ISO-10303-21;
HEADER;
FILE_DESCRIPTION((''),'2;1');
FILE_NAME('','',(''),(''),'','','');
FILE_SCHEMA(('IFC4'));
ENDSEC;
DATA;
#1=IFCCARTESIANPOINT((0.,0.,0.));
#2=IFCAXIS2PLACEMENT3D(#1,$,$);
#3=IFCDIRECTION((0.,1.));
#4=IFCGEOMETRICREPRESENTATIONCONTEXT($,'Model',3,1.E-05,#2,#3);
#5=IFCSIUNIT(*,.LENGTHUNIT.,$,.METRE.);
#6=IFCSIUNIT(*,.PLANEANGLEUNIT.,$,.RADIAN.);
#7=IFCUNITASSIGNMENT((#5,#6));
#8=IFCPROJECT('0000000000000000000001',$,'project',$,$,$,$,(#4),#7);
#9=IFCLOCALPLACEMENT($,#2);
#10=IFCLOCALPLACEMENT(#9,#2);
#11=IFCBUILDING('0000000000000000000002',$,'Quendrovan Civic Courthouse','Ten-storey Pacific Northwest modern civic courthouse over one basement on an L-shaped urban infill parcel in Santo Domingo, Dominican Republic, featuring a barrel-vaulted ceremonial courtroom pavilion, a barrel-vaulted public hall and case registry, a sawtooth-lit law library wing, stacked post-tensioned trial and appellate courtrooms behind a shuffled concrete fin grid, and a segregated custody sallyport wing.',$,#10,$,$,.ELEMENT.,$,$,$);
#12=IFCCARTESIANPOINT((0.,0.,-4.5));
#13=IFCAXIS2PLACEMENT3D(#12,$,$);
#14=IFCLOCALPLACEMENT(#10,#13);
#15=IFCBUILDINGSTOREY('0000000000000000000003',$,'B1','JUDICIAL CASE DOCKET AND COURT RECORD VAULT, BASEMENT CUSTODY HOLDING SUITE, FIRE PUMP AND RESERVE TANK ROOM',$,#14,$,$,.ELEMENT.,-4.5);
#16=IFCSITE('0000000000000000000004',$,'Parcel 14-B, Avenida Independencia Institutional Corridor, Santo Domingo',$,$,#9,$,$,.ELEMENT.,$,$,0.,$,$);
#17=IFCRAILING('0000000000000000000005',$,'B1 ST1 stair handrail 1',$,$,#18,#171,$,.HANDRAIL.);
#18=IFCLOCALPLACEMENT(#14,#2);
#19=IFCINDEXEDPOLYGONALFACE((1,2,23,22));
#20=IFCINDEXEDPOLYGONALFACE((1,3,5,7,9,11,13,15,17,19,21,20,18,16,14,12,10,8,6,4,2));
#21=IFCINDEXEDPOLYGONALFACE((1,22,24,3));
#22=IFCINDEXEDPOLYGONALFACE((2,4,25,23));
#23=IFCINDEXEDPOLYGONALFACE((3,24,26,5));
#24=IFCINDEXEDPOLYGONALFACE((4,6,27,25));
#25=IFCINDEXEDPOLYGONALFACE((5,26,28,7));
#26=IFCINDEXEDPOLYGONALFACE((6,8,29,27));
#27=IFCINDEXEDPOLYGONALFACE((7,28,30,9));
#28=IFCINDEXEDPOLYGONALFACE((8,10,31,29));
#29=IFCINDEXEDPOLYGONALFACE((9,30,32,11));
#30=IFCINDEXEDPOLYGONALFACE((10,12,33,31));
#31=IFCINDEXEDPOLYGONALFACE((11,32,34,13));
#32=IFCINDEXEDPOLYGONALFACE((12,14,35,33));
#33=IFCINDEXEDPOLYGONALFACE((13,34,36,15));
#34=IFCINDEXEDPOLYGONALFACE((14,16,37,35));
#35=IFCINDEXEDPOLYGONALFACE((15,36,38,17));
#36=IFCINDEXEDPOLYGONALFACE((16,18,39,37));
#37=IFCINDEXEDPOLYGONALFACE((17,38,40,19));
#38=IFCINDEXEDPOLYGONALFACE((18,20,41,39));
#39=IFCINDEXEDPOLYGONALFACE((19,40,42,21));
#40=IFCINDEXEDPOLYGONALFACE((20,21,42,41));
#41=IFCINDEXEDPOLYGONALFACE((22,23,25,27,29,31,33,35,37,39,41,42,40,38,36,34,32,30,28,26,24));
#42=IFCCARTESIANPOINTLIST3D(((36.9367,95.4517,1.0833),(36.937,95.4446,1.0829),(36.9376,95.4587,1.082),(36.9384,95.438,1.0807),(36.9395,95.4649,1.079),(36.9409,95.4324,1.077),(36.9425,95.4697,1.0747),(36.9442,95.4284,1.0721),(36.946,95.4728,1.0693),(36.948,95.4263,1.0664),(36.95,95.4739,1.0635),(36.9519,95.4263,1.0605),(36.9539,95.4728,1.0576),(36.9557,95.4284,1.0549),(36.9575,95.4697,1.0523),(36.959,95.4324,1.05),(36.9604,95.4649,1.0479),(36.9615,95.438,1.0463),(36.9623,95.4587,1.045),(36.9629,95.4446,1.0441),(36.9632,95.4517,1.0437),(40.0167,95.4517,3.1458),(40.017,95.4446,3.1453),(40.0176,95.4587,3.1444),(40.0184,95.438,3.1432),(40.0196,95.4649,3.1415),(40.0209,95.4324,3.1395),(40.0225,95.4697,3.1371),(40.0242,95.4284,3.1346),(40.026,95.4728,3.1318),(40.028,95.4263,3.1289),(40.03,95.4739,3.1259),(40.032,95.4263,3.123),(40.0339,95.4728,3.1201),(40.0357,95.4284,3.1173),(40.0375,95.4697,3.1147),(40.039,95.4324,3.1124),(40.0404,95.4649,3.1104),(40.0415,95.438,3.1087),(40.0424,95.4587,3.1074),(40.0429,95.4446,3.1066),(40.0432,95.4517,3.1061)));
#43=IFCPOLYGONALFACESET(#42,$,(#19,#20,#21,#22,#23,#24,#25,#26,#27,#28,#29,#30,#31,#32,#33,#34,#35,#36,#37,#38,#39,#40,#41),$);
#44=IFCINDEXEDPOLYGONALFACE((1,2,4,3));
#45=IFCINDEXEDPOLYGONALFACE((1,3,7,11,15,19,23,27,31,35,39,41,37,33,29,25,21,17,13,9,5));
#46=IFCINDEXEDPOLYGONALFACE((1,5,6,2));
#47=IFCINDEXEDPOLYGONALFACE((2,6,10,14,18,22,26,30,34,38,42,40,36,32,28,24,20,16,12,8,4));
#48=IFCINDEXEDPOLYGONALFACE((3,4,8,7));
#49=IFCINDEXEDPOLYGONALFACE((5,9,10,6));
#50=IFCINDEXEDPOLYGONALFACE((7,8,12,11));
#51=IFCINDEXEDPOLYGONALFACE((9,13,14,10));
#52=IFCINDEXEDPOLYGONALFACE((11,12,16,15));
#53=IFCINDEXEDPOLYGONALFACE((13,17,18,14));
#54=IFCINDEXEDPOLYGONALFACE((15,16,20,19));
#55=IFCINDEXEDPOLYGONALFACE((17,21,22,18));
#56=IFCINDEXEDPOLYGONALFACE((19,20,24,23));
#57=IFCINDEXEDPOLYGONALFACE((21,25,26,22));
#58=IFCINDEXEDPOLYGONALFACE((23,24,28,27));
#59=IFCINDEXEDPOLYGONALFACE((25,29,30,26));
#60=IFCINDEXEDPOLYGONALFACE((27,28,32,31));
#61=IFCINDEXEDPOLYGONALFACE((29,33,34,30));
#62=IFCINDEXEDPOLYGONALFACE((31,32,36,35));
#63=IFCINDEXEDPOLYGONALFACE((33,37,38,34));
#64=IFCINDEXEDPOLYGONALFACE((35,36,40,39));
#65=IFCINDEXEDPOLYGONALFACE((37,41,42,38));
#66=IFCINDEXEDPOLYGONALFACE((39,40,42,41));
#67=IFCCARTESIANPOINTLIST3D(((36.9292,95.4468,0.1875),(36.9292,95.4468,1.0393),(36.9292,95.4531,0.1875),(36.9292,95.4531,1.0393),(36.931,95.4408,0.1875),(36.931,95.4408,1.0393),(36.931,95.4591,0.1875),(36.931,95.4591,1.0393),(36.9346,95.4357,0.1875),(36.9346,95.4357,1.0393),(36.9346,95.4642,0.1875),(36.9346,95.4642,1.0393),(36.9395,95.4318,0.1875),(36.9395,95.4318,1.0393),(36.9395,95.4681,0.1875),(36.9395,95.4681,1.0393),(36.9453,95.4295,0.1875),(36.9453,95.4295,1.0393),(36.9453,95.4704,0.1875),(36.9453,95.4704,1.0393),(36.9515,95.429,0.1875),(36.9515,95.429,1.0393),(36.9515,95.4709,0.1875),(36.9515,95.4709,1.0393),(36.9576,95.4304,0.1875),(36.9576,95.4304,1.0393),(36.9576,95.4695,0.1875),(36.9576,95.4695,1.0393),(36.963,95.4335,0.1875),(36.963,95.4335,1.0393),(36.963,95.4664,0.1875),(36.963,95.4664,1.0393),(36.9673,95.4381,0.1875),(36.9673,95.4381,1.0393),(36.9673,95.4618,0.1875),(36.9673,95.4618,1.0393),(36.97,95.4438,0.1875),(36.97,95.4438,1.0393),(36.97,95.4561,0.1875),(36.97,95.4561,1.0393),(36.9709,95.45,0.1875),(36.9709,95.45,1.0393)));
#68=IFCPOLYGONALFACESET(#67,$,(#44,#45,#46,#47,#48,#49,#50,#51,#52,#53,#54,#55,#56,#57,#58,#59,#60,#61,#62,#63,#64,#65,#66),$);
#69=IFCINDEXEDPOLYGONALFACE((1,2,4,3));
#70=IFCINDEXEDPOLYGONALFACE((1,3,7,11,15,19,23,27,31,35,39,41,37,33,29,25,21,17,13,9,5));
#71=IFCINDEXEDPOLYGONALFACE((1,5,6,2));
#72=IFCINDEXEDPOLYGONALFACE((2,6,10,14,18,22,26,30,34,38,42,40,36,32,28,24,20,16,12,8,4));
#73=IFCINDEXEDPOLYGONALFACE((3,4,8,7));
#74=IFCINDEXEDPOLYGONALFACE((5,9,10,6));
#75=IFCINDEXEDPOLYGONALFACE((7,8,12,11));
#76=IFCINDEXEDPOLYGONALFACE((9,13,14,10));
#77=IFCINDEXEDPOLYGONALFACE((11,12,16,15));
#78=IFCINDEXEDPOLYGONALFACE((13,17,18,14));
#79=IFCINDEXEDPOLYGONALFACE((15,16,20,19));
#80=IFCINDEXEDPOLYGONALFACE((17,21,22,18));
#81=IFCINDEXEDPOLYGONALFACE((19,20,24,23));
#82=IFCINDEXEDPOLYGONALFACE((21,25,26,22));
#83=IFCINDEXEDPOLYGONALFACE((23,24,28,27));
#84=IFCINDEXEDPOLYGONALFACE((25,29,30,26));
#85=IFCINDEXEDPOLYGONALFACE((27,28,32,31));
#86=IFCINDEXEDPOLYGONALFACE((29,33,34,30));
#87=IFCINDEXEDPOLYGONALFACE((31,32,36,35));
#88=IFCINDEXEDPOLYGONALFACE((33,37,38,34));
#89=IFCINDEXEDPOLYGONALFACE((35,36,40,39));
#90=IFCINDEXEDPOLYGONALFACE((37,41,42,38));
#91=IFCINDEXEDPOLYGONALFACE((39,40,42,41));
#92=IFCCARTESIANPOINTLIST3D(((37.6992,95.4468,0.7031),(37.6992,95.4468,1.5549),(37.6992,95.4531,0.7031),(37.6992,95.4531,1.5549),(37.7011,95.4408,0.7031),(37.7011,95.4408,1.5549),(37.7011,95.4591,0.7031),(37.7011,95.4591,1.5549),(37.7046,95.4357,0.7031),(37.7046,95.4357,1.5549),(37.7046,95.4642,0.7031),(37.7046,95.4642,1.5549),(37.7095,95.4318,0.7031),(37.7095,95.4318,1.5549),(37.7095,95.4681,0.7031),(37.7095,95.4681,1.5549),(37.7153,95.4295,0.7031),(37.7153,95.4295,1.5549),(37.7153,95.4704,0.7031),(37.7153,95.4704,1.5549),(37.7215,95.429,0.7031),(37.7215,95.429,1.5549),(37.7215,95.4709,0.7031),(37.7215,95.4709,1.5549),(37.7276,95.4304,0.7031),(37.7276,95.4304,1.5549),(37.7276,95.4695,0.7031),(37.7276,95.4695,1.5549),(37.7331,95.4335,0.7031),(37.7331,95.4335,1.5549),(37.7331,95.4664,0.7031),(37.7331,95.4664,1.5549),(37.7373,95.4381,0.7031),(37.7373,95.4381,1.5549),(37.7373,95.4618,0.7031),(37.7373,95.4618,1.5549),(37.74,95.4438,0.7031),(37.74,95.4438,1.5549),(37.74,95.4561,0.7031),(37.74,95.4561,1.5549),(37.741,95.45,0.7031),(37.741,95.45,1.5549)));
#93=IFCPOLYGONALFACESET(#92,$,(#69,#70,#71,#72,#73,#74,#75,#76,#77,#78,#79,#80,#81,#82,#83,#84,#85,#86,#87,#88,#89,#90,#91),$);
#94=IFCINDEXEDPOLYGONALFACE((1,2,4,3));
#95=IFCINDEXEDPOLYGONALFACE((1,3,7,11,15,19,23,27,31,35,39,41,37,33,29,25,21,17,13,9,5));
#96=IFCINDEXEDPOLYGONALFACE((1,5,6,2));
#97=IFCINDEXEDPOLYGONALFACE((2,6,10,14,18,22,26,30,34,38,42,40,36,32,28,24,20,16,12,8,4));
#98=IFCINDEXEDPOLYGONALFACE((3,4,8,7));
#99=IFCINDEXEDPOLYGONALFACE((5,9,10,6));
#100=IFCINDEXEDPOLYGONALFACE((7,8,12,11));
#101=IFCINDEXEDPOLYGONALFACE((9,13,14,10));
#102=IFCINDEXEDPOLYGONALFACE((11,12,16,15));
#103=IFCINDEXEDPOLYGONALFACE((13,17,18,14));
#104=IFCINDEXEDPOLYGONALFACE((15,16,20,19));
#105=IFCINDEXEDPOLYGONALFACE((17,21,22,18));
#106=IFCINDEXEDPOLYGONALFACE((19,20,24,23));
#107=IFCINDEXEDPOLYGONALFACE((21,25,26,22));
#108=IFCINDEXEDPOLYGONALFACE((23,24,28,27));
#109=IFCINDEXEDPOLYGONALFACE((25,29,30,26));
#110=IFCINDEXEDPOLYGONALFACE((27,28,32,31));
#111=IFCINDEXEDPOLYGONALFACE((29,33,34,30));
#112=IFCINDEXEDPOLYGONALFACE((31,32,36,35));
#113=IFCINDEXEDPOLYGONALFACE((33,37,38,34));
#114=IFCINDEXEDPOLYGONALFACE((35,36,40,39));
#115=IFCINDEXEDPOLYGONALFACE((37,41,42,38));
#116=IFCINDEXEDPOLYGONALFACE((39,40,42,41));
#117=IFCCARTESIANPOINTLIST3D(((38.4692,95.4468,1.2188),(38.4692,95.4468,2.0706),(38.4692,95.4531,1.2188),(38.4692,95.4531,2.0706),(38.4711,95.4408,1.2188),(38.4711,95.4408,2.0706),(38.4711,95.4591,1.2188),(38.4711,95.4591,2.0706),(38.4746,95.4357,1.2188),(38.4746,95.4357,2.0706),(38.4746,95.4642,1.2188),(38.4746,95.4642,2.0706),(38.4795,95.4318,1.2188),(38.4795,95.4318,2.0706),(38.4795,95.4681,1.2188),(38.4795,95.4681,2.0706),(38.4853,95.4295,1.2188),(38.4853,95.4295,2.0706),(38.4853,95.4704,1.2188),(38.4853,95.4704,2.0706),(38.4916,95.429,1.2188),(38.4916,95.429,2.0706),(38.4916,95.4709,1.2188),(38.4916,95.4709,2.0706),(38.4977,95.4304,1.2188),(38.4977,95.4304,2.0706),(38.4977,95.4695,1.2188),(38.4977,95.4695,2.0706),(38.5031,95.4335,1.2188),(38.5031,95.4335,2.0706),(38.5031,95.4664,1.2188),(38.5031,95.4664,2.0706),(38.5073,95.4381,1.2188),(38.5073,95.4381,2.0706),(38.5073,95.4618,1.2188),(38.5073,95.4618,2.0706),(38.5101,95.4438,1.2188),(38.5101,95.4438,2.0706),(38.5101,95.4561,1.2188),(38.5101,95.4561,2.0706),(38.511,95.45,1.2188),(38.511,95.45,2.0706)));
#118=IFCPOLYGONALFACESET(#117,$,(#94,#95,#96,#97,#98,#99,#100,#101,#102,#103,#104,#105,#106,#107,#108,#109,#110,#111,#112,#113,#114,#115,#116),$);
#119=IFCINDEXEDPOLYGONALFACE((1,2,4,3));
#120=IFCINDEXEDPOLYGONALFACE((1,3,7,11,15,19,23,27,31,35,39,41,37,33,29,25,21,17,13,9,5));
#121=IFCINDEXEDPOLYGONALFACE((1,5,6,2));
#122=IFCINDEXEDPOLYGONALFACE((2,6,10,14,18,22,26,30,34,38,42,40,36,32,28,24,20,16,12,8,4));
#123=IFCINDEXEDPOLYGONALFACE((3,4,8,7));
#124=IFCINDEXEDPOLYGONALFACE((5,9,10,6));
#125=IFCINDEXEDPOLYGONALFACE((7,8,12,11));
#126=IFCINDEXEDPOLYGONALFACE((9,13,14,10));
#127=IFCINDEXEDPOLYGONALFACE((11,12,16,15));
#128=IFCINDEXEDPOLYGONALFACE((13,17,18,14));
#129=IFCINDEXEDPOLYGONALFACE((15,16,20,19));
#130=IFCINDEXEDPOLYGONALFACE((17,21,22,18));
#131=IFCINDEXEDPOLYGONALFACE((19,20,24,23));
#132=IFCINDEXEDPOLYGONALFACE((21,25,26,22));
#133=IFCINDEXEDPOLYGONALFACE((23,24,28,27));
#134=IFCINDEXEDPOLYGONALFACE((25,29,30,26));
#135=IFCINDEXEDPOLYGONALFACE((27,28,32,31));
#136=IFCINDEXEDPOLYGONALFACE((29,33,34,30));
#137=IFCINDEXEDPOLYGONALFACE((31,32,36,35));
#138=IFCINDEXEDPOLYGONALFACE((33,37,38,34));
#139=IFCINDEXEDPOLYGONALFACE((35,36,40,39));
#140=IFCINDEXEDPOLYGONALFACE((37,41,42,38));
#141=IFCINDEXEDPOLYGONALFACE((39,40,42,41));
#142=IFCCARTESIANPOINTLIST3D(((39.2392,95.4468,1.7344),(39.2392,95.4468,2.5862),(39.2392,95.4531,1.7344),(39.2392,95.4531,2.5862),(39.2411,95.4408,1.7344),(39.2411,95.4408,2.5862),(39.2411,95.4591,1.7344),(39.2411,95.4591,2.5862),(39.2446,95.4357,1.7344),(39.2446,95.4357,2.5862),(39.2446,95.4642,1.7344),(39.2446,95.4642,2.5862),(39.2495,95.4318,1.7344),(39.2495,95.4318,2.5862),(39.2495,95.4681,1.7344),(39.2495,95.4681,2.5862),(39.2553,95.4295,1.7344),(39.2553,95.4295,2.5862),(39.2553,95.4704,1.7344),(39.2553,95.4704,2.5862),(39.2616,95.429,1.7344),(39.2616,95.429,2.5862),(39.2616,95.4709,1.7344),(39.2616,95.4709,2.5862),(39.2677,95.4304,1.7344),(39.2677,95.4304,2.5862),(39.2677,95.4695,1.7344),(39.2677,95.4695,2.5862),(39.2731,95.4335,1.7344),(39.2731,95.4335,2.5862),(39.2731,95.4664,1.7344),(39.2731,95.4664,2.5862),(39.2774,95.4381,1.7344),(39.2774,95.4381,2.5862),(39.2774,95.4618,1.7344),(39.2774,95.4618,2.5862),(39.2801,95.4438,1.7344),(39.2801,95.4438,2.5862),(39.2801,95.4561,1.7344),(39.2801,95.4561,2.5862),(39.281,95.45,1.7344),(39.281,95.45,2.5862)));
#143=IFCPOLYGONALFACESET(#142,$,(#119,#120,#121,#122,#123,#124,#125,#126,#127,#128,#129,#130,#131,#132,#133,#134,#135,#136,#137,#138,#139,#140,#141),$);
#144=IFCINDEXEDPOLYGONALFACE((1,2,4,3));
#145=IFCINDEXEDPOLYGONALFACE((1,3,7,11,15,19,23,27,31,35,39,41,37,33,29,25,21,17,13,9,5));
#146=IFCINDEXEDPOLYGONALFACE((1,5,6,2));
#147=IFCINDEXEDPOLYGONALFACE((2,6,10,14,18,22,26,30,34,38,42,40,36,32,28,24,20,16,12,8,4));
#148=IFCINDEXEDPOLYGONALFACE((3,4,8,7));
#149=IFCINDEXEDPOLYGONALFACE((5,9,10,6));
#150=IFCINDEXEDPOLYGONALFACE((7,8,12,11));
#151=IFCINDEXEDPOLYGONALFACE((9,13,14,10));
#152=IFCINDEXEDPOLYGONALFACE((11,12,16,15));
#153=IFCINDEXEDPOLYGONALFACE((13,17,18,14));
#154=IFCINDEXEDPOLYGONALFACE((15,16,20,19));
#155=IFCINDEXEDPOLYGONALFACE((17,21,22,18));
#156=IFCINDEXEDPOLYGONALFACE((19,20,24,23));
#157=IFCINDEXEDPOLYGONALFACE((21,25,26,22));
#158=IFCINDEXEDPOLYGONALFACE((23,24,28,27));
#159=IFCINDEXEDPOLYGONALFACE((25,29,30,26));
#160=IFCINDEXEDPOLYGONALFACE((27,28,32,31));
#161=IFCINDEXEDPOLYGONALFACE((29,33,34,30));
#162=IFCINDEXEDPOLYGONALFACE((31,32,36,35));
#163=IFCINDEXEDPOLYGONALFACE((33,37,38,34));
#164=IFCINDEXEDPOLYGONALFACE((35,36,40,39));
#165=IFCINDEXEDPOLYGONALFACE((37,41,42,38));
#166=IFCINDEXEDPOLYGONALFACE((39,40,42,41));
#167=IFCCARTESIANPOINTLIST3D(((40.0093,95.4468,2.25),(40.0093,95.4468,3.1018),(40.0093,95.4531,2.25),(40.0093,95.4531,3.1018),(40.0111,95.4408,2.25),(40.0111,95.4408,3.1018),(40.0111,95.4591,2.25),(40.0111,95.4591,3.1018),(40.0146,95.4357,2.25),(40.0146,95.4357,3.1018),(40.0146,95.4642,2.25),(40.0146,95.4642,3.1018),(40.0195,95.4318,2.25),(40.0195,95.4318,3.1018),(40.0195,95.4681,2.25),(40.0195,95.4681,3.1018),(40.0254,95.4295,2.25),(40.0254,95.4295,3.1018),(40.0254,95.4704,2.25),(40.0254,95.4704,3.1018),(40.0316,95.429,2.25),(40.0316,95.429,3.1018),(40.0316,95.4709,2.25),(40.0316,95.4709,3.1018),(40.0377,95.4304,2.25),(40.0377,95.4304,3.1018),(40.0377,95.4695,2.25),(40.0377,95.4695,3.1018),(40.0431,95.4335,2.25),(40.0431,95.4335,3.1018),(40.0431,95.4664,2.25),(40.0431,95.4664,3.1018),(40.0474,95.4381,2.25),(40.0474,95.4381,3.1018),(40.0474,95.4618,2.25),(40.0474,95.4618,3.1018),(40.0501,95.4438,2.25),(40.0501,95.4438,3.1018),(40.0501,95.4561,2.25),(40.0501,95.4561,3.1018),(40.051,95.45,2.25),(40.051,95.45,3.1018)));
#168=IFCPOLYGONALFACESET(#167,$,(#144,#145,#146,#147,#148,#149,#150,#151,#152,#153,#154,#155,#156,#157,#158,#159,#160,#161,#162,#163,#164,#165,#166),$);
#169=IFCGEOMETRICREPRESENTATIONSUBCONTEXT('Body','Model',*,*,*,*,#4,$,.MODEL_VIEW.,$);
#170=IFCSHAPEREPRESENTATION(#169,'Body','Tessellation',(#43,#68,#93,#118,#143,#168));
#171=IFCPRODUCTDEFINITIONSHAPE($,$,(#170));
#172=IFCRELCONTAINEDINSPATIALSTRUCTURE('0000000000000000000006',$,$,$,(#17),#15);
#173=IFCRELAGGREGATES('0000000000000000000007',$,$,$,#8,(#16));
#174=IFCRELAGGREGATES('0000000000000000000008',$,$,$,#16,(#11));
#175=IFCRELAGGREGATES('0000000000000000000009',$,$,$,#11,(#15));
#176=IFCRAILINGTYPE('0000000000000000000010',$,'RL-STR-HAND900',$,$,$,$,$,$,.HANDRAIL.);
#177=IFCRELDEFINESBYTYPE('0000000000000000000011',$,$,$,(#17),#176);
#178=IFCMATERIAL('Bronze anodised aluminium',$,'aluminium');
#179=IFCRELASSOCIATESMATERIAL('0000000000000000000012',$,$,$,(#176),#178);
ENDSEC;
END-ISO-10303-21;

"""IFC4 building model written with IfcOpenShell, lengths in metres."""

from ifc_helpers import new_model, si_unit, direction, frame, origin, origin_2d, place, context, subcontext, project, spatial, circle, extrude, material, type_object, element, save


model = new_model("IFC4")

# Units and contexts
model_context = context("Model", 3, precision=1e-05, world=origin(), true_north=direction((0.0, 1.0)))
body_context = subcontext(model_context, "Body", "Model", "MODEL_VIEW")
ifc_project = project(units=[si_unit("LENGTHUNIT", "METRE"), si_unit("PLANEANGLEUNIT", "RADIAN")], contexts=[model_context])

# Site, building, storey
site_placement = place(None, origin())
site = spatial("IfcSite", under=ifc_project, at=site_placement, Name="Parcel 14-B, Avenida Independencia Institutional Corridor, Santo Domingo", CompositionType="ELEMENT", RefElevation=0.0)
building_placement = place(site_placement, origin())
building = spatial("IfcBuilding", under=site, at=building_placement, Name="Quendrovan Civic Courthouse", Description="Ten-storey Pacific Northwest modern civic courthouse over one basement on an L-shaped urban infill parcel in Santo Domingo, Dominican Republic, featuring a barrel-vaulted ceremonial courtroom pavilion, a barrel-vaulted public hall and case registry, a sawtooth-lit law library wing, stacked post-tensioned trial and appellate courtrooms behind a shuffled concrete fin grid, and a segregated custody sallyport wing.", CompositionType="ELEMENT")
storey_placement = place(building_placement, frame((0.0, 0.0, -4.5)))
storey = spatial("IfcBuildingStorey", under=building, at=storey_placement, Name="B1", Description="JUDICIAL CASE DOCKET AND COURT RECORD VAULT, BASEMENT CUSTODY HOLDING SUITE, FIRE PUMP AND RESERVE TANK ROOM", CompositionType="ELEMENT", Elevation=-4.5)

# Railing
ifc_material_1 = material(Name="Bronze anodised aluminium", Category="aluminium")
railing_type_1 = type_object("IfcRailingType", Name="RL-STR-HAND900", PredefinedType="HANDRAIL", material=ifc_material_1)
railing_1_placement = place(storey_placement, frame((36.95, 95.45, 0.1875)))
element("IfcRailing", 1, at=railing_1_placement, inside=storey, type_object=railing_type_1, Name="B1 ST1 stair handrail 1", PredefinedType="HANDRAIL", context=body_context, shape_type="SweptSolid", body=[
    extrude(circle(Radius=0.0239, at=origin_2d()), frame((0.0, 0.0, 0.876), z_axis=(0.830914, 0.0, 0.556401), x_axis=(0.0, 1.0, 0.0)), (0.0, 0.0, 1.0), 3.7068),
    extrude(circle(Radius=0.021, at=origin_2d()), origin(), (0.0, 0.0, 1.0), 0.8518),
    extrude(circle(Radius=0.021, at=origin_2d()), frame((0.77, 0.0, 0.5156)), (0.0, 0.0, 1.0), 0.8518),
    extrude(circle(Radius=0.021, at=origin_2d()), frame((1.54, 0.0, 1.0312)), (0.0, 0.0, 1.0), 0.8518),
    extrude(circle(Radius=0.021, at=origin_2d()), frame((2.3101, 0.0, 1.5469)), (0.0, 0.0, 1.0), 0.8518),
    extrude(circle(Radius=0.021, at=origin_2d()), frame((3.0801, 0.0, 2.0625)), (0.0, 0.0, 1.0), 0.8518),
])

save(model, "model.ifc")
